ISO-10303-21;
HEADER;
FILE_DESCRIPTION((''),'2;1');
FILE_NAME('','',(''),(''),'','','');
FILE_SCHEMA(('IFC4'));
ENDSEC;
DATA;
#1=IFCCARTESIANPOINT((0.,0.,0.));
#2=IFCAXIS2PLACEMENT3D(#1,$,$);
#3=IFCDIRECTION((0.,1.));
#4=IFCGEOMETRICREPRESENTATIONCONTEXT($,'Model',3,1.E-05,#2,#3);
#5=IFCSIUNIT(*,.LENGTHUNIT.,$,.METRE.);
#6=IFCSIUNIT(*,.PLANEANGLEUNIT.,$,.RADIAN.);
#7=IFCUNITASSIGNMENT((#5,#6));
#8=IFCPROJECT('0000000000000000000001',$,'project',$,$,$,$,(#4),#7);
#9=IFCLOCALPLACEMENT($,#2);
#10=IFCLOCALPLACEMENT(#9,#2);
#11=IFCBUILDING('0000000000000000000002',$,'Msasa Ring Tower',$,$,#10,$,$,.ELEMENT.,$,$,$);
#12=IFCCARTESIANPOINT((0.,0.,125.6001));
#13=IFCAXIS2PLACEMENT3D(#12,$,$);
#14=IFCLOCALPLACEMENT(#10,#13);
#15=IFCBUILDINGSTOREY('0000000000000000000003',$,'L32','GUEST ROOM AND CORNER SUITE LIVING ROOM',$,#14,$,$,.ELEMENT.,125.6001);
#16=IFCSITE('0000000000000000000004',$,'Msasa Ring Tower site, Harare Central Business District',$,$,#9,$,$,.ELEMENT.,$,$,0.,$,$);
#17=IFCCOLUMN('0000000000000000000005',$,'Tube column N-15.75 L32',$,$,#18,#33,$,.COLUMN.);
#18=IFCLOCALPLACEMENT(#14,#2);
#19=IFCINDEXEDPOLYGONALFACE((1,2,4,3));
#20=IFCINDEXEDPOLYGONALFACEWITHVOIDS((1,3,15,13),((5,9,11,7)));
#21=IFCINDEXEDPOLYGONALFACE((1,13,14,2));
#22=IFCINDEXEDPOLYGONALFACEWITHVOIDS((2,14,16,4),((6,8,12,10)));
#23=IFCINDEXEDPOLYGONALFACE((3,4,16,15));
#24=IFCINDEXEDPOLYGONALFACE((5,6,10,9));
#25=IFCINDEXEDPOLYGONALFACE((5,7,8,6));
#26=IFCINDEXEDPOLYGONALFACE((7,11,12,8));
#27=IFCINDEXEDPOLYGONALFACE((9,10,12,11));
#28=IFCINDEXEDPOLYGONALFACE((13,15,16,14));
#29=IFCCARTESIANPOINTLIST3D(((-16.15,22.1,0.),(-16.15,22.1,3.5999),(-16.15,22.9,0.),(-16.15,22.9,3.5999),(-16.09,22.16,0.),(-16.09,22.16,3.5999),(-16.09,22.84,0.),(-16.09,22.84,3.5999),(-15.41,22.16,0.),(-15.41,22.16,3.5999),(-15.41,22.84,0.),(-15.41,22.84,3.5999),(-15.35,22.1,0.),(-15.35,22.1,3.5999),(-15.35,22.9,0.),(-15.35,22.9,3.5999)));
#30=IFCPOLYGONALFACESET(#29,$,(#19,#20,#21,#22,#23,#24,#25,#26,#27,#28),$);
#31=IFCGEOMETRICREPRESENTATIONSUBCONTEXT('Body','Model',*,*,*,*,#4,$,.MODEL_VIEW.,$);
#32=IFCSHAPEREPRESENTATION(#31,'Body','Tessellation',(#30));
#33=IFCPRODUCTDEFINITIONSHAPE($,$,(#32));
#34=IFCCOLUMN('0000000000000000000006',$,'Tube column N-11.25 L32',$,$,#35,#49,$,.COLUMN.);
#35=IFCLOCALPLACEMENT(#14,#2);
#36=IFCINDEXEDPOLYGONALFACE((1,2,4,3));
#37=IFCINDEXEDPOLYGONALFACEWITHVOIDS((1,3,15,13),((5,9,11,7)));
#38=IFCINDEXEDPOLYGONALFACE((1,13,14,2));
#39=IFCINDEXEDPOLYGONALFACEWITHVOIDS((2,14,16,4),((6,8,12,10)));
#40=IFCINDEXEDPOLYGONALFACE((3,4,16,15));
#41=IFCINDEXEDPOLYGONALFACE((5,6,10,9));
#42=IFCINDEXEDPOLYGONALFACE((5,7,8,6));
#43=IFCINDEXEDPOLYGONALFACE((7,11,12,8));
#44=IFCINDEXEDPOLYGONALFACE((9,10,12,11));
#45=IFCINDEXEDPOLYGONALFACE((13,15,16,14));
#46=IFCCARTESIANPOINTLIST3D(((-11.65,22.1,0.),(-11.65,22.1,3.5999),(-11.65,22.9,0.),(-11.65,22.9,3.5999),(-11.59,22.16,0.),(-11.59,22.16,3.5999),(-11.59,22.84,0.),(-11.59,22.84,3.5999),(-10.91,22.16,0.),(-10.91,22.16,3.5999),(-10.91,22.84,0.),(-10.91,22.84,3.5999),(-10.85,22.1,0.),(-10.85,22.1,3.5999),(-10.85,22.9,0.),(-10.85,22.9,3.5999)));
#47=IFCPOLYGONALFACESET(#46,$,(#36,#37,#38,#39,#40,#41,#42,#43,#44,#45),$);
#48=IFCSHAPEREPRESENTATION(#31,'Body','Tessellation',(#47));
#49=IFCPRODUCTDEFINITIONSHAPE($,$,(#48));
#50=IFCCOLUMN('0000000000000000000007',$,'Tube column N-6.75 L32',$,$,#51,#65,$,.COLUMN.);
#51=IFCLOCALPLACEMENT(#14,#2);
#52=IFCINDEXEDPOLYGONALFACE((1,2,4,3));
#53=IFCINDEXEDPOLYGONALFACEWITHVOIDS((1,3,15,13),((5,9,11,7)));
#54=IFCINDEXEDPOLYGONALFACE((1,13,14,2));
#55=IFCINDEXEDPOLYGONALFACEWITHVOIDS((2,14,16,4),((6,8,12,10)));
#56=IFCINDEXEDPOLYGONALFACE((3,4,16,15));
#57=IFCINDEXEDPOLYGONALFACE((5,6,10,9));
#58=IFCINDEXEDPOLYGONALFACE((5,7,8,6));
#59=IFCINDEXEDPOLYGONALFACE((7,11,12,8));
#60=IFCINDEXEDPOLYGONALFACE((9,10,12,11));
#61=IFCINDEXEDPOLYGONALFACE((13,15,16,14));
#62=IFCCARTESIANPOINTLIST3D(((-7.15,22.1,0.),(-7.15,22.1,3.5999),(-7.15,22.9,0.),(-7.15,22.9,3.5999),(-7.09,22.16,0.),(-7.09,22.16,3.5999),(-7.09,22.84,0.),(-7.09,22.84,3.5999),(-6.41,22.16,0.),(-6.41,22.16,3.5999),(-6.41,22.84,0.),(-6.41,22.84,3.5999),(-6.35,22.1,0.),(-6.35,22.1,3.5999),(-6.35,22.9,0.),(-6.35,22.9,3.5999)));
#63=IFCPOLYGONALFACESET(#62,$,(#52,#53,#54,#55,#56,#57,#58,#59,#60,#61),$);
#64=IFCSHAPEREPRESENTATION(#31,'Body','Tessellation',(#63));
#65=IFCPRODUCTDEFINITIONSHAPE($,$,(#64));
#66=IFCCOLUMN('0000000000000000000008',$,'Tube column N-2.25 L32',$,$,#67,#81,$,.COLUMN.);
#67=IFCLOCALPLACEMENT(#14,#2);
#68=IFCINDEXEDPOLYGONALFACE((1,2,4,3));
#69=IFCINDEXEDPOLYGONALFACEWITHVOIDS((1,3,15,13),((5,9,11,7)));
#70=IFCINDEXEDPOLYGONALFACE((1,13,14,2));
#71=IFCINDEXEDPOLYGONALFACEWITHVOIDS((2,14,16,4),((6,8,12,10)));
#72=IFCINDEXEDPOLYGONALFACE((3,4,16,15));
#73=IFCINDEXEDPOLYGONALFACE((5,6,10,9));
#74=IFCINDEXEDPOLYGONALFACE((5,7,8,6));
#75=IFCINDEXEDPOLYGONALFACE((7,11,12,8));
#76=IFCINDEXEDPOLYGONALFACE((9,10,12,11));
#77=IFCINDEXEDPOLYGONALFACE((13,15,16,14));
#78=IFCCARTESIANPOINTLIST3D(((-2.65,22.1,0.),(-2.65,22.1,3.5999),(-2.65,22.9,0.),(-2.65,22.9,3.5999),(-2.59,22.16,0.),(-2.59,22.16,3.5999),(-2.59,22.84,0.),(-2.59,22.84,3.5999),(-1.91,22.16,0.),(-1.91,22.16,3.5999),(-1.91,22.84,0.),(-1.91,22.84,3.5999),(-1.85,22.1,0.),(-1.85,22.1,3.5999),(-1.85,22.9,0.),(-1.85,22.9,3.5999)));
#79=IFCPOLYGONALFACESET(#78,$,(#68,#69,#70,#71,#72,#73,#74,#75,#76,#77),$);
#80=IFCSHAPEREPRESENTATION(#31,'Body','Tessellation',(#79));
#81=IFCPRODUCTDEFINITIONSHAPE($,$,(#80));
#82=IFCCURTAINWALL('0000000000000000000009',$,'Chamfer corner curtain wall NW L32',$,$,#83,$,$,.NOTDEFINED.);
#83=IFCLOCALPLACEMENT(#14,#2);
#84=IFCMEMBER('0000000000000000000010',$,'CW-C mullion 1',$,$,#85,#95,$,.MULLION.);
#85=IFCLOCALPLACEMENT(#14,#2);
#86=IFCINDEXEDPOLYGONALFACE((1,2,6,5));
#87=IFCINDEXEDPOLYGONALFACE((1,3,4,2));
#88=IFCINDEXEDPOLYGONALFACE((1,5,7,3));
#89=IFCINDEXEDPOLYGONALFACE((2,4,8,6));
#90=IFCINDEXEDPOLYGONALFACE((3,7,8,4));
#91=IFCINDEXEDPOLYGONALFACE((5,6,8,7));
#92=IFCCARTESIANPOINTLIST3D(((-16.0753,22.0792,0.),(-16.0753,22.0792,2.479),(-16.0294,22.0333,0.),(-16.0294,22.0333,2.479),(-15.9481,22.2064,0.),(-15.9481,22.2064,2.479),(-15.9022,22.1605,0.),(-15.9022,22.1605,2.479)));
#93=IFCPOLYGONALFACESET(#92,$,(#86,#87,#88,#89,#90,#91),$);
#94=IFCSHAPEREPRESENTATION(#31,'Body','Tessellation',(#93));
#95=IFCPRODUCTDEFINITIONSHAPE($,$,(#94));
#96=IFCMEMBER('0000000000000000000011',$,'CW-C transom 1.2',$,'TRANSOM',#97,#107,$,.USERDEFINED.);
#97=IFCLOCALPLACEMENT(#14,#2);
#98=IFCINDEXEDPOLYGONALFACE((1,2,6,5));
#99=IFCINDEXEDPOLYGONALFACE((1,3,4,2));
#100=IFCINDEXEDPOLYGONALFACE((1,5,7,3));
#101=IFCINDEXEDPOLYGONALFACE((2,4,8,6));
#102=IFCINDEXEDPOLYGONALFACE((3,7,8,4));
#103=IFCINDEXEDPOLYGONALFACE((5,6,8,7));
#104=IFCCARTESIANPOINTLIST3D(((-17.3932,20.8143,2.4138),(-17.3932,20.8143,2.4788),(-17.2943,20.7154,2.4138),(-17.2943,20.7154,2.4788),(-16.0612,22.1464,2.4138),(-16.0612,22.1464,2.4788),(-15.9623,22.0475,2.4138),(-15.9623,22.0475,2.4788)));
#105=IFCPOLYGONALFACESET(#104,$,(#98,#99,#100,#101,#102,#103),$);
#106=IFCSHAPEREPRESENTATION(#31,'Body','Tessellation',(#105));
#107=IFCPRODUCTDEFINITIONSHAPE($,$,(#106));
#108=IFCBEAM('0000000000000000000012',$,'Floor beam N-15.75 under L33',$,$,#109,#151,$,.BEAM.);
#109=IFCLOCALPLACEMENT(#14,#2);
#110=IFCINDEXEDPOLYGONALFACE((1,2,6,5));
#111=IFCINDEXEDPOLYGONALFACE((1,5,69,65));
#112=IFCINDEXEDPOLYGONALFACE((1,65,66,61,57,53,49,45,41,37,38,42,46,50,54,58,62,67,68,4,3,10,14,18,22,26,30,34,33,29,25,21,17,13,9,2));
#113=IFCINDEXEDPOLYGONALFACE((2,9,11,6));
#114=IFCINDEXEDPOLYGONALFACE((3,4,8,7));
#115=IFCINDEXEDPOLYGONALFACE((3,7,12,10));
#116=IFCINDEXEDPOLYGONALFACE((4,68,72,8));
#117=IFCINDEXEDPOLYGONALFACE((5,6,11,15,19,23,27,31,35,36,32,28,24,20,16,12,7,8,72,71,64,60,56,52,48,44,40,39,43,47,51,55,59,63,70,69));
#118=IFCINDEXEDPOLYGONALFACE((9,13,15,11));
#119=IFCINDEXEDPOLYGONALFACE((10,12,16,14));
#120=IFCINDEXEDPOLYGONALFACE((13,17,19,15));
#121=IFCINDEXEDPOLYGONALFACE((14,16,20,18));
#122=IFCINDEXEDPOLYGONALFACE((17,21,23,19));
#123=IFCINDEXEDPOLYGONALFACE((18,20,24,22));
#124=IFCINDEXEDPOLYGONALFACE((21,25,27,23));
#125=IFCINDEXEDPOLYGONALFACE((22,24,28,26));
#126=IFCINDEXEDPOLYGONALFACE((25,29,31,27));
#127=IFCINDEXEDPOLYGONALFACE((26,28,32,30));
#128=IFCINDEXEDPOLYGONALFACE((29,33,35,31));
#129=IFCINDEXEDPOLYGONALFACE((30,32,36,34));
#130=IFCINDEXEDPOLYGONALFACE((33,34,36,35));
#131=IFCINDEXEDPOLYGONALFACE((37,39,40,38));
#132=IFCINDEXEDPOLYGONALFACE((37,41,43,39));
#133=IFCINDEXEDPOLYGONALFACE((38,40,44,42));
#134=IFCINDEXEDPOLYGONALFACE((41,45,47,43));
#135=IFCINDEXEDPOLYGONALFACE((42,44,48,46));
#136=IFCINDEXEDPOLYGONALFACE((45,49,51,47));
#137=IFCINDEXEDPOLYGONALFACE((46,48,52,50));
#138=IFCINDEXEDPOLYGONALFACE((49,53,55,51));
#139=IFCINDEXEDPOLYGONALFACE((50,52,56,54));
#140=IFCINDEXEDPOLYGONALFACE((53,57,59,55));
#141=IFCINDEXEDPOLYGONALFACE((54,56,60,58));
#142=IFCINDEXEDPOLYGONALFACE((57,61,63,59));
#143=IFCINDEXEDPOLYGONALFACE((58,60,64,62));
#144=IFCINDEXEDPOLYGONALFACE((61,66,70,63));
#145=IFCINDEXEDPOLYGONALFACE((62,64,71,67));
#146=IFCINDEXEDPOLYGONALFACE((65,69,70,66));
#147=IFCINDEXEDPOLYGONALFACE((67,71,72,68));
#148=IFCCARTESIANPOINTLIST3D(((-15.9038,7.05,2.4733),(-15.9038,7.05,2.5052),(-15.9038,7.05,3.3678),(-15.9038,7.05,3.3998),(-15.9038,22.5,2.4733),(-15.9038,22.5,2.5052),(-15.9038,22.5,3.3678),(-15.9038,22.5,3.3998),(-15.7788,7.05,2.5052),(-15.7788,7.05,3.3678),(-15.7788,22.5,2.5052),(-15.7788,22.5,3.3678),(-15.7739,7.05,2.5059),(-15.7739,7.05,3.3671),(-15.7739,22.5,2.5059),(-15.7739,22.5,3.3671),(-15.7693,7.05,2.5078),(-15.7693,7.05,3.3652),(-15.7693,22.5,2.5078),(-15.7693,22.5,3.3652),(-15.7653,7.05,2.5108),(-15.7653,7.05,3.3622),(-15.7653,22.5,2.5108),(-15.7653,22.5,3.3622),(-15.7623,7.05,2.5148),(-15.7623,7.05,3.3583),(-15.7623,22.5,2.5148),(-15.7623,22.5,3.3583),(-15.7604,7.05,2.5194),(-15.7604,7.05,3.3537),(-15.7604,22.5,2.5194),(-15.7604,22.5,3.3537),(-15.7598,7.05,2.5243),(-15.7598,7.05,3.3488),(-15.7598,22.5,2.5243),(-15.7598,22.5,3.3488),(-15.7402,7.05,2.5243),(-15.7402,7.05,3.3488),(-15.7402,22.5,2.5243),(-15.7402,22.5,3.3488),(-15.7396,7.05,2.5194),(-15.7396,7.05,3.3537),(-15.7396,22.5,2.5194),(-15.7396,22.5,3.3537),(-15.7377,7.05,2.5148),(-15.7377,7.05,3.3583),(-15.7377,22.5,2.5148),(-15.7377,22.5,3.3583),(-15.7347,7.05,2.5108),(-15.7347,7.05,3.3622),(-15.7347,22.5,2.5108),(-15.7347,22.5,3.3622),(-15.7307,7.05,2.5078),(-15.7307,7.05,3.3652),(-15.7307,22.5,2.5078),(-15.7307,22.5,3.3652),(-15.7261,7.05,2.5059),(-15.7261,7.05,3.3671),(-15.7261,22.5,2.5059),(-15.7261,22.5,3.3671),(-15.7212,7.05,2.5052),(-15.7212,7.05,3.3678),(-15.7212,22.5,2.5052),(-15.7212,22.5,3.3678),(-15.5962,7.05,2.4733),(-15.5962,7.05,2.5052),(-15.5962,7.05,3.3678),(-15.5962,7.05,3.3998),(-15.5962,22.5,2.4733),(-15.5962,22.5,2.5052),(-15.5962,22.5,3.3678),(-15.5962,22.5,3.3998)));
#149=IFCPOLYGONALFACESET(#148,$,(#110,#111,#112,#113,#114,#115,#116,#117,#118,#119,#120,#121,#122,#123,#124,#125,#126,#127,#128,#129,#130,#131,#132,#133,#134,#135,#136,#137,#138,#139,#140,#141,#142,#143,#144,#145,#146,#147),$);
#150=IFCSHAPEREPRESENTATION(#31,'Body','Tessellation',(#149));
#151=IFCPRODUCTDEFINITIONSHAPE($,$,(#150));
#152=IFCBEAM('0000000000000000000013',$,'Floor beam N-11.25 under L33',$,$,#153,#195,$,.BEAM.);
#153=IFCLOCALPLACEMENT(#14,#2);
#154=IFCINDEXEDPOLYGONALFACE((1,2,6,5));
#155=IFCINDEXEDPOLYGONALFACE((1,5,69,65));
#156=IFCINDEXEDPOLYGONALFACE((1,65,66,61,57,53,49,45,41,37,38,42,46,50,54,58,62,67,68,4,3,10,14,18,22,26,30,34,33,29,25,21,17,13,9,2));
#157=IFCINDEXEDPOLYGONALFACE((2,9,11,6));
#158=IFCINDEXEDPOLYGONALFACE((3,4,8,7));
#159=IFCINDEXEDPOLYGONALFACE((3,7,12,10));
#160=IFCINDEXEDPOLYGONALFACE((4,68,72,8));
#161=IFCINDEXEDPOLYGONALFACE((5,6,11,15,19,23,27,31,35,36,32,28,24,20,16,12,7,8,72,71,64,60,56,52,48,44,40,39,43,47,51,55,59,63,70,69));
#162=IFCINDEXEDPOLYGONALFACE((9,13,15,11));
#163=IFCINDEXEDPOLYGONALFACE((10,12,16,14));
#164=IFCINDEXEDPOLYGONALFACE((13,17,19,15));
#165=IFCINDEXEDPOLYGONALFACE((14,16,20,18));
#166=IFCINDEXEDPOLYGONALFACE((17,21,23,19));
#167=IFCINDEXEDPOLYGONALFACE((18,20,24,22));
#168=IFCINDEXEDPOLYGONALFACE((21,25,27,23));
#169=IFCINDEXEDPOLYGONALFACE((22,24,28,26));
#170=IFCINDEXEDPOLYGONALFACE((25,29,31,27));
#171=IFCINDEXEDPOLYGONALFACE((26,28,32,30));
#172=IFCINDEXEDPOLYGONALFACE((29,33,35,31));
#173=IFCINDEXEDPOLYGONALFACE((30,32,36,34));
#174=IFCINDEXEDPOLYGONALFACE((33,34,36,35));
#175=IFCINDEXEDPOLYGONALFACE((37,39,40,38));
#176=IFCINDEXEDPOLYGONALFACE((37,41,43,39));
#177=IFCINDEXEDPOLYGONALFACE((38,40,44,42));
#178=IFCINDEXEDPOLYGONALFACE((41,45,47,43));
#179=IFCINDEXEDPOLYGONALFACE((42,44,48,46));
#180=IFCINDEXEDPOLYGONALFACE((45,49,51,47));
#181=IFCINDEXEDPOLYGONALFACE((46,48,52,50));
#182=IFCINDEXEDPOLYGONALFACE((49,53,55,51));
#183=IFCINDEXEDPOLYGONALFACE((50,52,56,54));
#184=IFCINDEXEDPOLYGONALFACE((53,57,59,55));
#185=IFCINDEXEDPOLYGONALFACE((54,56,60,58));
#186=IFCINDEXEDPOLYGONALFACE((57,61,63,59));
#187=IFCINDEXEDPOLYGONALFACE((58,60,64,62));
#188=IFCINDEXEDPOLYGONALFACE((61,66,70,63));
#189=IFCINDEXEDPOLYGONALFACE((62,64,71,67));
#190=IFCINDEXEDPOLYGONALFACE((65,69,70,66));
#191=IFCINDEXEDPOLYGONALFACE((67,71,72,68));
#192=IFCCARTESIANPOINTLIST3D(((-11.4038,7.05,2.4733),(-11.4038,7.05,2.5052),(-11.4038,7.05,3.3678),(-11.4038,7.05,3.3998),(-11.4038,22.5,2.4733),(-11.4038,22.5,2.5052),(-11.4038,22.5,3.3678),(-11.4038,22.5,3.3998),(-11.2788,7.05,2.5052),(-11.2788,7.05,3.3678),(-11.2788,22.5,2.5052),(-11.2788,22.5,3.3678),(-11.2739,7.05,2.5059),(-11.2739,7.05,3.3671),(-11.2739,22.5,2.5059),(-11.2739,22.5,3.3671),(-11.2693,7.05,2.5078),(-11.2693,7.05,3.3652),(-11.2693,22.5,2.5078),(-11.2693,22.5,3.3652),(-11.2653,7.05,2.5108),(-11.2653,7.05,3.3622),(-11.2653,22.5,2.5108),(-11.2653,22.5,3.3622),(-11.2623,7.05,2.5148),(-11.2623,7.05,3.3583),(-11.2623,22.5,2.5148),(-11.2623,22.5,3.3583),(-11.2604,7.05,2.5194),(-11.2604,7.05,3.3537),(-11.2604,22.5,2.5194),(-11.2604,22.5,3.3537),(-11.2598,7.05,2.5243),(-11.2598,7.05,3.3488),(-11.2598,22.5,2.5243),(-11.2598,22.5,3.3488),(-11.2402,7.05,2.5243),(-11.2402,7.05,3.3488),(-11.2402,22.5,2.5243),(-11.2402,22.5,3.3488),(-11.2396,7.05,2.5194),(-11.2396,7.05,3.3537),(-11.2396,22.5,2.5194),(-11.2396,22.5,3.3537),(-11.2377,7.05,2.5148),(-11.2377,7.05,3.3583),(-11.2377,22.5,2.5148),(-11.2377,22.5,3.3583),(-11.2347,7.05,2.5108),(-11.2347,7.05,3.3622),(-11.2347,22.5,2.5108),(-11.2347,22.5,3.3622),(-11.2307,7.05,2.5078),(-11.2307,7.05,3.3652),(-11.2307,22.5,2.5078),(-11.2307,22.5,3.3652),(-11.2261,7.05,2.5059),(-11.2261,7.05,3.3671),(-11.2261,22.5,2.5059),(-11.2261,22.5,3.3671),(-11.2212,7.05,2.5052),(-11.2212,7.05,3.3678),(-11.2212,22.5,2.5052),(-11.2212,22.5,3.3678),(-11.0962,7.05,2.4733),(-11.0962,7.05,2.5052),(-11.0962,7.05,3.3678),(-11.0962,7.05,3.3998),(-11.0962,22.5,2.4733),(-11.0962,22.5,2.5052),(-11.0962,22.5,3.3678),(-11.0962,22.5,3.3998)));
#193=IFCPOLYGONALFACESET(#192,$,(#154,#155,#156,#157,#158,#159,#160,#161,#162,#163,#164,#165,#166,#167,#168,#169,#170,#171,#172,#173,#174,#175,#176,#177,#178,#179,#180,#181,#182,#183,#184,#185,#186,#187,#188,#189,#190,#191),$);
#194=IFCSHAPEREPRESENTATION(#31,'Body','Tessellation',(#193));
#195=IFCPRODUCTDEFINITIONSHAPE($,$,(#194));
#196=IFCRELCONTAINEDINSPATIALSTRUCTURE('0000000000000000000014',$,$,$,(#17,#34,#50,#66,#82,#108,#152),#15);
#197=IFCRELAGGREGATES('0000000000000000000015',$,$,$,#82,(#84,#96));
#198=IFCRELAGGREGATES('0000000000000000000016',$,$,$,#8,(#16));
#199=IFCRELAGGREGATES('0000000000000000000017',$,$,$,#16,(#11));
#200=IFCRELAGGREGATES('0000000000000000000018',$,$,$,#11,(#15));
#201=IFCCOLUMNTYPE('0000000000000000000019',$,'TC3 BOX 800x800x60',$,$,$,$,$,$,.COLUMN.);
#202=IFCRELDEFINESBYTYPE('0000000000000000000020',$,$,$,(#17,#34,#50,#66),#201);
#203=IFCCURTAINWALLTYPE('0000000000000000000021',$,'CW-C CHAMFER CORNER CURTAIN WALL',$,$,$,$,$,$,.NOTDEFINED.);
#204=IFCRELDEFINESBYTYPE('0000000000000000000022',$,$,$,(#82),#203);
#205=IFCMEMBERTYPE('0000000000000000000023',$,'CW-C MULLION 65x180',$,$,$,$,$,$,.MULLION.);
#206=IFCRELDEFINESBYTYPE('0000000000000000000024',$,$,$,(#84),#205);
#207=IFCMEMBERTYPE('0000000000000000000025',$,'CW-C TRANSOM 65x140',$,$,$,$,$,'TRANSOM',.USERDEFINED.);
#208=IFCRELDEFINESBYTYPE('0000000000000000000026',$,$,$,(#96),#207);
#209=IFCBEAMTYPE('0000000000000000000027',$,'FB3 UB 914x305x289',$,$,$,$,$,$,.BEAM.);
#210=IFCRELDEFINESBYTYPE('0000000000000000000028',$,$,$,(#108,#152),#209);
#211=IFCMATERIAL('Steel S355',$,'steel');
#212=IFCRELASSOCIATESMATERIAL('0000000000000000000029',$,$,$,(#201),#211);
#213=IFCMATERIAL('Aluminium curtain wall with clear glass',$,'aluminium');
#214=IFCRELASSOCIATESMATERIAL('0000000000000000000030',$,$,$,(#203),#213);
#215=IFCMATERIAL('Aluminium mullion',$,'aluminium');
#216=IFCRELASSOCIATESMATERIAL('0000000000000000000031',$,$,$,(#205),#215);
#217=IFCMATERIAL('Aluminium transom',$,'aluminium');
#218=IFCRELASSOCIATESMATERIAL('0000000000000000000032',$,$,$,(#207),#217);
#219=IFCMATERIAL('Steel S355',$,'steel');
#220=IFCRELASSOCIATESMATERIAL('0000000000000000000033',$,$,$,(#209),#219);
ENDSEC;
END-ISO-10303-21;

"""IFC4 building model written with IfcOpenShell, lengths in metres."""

from ifc_helpers import new_model, si_unit, direction, frame, origin, origin_2d, place, context, subcontext, project, spatial, rectangle, hollow_rectangle, i_section, extrude, material, material_profile, profile_set, type_object, element, aggregate, save


model = new_model("IFC4")

# Units and contexts
model_context = context("Model", 3, precision=1e-05, world=origin(), true_north=direction((0.0, 1.0)))
body_context = subcontext(model_context, "Body", "Model", "MODEL_VIEW")
ifc_project = project(units=[si_unit("LENGTHUNIT", "METRE"), si_unit("PLANEANGLEUNIT", "RADIAN")], contexts=[model_context])

# Site, building, storey
site_placement = place(None, origin())
site = spatial("IfcSite", under=ifc_project, at=site_placement, Name="Msasa Ring Tower site, Harare Central Business District", CompositionType="ELEMENT", RefElevation=0.0)
building_placement = place(site_placement, origin())
building = spatial("IfcBuilding", under=site, at=building_placement, Name="Msasa Ring Tower", CompositionType="ELEMENT")
storey_placement = place(building_placement, frame((0.0, 0.0, 125.6001)))
storey = spatial("IfcBuildingStorey", under=building, at=storey_placement, Name="L32", Description="GUEST ROOM AND CORNER SUITE LIVING ROOM", CompositionType="ELEMENT", Elevation=125.6001)

# Columns
ifc_material_1 = material(Name="Steel S355", Category="steel")
ifc_material_profile_1 = material_profile(ifc_material_1, hollow_rectangle(XDim=0.8, YDim=0.8, WallThickness=0.0601, at=origin_2d()), Name="BOX 800x800x60")
ifc_profile_set_1 = profile_set([ifc_material_profile_1], Name="Steel S355")
column_type = type_object("IfcColumnType", Name="TC3 BOX 800x800x60", PredefinedType="COLUMN", material=ifc_profile_set_1)
for number, where, z_axis, x_axis, name in (
    (1, (-15.75, 22.5, 0.0), (0.0, 0.0, 1.0), (0.0, 1.0, 0.0), "Tube column N-15.75 L32"),
    (2, (-11.25, 22.5, 0.0), (0.0, 0.0, 1.0), (0.0, 1.0, 0.0), "Tube column N-11.25 L32"),
    (3, (-6.75, 22.5, 0.0), (0.0, 0.0, 1.0), (0.0, 1.0, 0.0), "Tube column N-6.75 L32"),
    (4, (-2.25, 22.5, 0.0), (0.0, 0.0, 1.0), (0.0, 1.0, 0.0), "Tube column N-2.25 L32"),
):
    element("IfcColumn", number, at=place(storey_placement, frame(where, z_axis=z_axis, x_axis=x_axis)), inside=storey, type_object=column_type, Name=name, PredefinedType="COLUMN", context=body_context, shape_type="SweptSolid", body=[
        extrude(hollow_rectangle(XDim=0.8, YDim=0.8, WallThickness=0.0601, at=origin_2d()), origin(), (0.0, 0.0, 1.0), 3.5999),
    ])

# Curtain wall, members
ifc_material_2 = material(Name="Aluminium curtain wall with clear glass", Category="aluminium")
curtain_wall_type = type_object("IfcCurtainWallType", Name="CW-C CHAMFER CORNER CURTAIN WALL", PredefinedType="NOTDEFINED", material=ifc_material_2)
curtain_wall_placement = place(storey_placement, origin())
curtain_wall = element("IfcCurtainWall", 5, at=curtain_wall_placement, inside=storey, type_object=curtain_wall_type, Name="Chamfer corner curtain wall NW L32", PredefinedType="NOTDEFINED")
ifc_material_3 = material(Name="Aluminium mullion", Category="aluminium")
ifc_material_profile_2 = material_profile(ifc_material_3, rectangle(XDim=0.0649, YDim=0.1799, at=origin_2d()), Name="AL 65x180")
ifc_profile_set_2 = profile_set([ifc_material_profile_2], Name="Aluminium mullion")
member_type_1 = type_object("IfcMemberType", Name="CW-C MULLION 65x180", PredefinedType="MULLION", material=ifc_profile_set_2)
member_1_placement = place(storey_placement, frame((-15.9888, 22.1199, 0.0), z_axis=(0.0, 0.0, 1.0), x_axis=(0.707107, -0.707107, 0.0)))
member_1 = element("IfcMember", 6, at=member_1_placement, type_object=member_type_1, Name="CW-C mullion 1", PredefinedType="MULLION", context=body_context, shape_type="SweptSolid", body=[
    extrude(rectangle(XDim=0.0649, YDim=0.1799, at=origin_2d()), origin(), (0.0, 0.0, 1.0), 2.479),
])
ifc_material_4 = material(Name="Aluminium transom", Category="aluminium")
ifc_material_profile_3 = material_profile(ifc_material_4, rectangle(XDim=0.1399, YDim=0.0649, at=origin_2d()), Name="AL 65x140")
ifc_profile_set_3 = profile_set([ifc_material_profile_3], Name="Aluminium transom")
member_type_2 = type_object("IfcMemberType", Name="CW-C TRANSOM 65x140", ElementType="TRANSOM", PredefinedType="USERDEFINED", material=ifc_profile_set_3)
member_2_placement = place(storey_placement, frame((-16.0117, 22.0969, 2.4463), z_axis=(-0.707107, -0.707107, 0.0), x_axis=(0.707107, -0.707107, 0.0)))
member_2 = element("IfcMember", 7, at=member_2_placement, type_object=member_type_2, Name="CW-C transom 1.2", ObjectType="TRANSOM", PredefinedType="USERDEFINED", context=body_context, shape_type="SweptSolid", body=[
    extrude(rectangle(XDim=0.1399, YDim=0.0649, at=origin_2d()), origin(), (0.0, 0.0, 1.0), 1.8838),
])
aggregate(curtain_wall, [member_1, member_2])

# Beams
ifc_material_5 = material(Name="Steel S355", Category="steel")
ifc_material_profile_4 = material_profile(ifc_material_5, i_section(OverallWidth=0.3076, OverallDepth=0.9265, WebThickness=0.0195, FlangeThickness=0.032, FilletRadius=0.019, at=origin_2d()), Name="UB 914x305x289")
ifc_profile_set_4 = profile_set([ifc_material_profile_4], Name="Steel S355")
beam_type_1 = type_object("IfcBeamType", Name="FB3 UB 914x305x289", PredefinedType="BEAM", material=ifc_profile_set_4)
for number, where, z_axis, x_axis, name in (
    (8, (-15.75, 22.5, 2.9365), (0.0, -1.0, 0.0), (1.0, 0.0, 0.0), "Floor beam N-15.75 under L33"),
    (9, (-11.25, 22.5, 2.9365), (0.0, -1.0, 0.0), (1.0, 0.0, 0.0), "Floor beam N-11.25 under L33"),
):
    element("IfcBeam", number, at=place(storey_placement, frame(where, z_axis=z_axis, x_axis=x_axis)), inside=storey, type_object=beam_type_1, Name=name, PredefinedType="BEAM", context=body_context, shape_type="SweptSolid", body=[
        extrude(i_section(OverallWidth=0.3076, OverallDepth=0.9265, WebThickness=0.0195, FlangeThickness=0.032, FilletRadius=0.019, at=origin_2d()), origin(), (0.0, 0.0, 1.0), 15.45),
    ])

save(model, "model.ifc")
